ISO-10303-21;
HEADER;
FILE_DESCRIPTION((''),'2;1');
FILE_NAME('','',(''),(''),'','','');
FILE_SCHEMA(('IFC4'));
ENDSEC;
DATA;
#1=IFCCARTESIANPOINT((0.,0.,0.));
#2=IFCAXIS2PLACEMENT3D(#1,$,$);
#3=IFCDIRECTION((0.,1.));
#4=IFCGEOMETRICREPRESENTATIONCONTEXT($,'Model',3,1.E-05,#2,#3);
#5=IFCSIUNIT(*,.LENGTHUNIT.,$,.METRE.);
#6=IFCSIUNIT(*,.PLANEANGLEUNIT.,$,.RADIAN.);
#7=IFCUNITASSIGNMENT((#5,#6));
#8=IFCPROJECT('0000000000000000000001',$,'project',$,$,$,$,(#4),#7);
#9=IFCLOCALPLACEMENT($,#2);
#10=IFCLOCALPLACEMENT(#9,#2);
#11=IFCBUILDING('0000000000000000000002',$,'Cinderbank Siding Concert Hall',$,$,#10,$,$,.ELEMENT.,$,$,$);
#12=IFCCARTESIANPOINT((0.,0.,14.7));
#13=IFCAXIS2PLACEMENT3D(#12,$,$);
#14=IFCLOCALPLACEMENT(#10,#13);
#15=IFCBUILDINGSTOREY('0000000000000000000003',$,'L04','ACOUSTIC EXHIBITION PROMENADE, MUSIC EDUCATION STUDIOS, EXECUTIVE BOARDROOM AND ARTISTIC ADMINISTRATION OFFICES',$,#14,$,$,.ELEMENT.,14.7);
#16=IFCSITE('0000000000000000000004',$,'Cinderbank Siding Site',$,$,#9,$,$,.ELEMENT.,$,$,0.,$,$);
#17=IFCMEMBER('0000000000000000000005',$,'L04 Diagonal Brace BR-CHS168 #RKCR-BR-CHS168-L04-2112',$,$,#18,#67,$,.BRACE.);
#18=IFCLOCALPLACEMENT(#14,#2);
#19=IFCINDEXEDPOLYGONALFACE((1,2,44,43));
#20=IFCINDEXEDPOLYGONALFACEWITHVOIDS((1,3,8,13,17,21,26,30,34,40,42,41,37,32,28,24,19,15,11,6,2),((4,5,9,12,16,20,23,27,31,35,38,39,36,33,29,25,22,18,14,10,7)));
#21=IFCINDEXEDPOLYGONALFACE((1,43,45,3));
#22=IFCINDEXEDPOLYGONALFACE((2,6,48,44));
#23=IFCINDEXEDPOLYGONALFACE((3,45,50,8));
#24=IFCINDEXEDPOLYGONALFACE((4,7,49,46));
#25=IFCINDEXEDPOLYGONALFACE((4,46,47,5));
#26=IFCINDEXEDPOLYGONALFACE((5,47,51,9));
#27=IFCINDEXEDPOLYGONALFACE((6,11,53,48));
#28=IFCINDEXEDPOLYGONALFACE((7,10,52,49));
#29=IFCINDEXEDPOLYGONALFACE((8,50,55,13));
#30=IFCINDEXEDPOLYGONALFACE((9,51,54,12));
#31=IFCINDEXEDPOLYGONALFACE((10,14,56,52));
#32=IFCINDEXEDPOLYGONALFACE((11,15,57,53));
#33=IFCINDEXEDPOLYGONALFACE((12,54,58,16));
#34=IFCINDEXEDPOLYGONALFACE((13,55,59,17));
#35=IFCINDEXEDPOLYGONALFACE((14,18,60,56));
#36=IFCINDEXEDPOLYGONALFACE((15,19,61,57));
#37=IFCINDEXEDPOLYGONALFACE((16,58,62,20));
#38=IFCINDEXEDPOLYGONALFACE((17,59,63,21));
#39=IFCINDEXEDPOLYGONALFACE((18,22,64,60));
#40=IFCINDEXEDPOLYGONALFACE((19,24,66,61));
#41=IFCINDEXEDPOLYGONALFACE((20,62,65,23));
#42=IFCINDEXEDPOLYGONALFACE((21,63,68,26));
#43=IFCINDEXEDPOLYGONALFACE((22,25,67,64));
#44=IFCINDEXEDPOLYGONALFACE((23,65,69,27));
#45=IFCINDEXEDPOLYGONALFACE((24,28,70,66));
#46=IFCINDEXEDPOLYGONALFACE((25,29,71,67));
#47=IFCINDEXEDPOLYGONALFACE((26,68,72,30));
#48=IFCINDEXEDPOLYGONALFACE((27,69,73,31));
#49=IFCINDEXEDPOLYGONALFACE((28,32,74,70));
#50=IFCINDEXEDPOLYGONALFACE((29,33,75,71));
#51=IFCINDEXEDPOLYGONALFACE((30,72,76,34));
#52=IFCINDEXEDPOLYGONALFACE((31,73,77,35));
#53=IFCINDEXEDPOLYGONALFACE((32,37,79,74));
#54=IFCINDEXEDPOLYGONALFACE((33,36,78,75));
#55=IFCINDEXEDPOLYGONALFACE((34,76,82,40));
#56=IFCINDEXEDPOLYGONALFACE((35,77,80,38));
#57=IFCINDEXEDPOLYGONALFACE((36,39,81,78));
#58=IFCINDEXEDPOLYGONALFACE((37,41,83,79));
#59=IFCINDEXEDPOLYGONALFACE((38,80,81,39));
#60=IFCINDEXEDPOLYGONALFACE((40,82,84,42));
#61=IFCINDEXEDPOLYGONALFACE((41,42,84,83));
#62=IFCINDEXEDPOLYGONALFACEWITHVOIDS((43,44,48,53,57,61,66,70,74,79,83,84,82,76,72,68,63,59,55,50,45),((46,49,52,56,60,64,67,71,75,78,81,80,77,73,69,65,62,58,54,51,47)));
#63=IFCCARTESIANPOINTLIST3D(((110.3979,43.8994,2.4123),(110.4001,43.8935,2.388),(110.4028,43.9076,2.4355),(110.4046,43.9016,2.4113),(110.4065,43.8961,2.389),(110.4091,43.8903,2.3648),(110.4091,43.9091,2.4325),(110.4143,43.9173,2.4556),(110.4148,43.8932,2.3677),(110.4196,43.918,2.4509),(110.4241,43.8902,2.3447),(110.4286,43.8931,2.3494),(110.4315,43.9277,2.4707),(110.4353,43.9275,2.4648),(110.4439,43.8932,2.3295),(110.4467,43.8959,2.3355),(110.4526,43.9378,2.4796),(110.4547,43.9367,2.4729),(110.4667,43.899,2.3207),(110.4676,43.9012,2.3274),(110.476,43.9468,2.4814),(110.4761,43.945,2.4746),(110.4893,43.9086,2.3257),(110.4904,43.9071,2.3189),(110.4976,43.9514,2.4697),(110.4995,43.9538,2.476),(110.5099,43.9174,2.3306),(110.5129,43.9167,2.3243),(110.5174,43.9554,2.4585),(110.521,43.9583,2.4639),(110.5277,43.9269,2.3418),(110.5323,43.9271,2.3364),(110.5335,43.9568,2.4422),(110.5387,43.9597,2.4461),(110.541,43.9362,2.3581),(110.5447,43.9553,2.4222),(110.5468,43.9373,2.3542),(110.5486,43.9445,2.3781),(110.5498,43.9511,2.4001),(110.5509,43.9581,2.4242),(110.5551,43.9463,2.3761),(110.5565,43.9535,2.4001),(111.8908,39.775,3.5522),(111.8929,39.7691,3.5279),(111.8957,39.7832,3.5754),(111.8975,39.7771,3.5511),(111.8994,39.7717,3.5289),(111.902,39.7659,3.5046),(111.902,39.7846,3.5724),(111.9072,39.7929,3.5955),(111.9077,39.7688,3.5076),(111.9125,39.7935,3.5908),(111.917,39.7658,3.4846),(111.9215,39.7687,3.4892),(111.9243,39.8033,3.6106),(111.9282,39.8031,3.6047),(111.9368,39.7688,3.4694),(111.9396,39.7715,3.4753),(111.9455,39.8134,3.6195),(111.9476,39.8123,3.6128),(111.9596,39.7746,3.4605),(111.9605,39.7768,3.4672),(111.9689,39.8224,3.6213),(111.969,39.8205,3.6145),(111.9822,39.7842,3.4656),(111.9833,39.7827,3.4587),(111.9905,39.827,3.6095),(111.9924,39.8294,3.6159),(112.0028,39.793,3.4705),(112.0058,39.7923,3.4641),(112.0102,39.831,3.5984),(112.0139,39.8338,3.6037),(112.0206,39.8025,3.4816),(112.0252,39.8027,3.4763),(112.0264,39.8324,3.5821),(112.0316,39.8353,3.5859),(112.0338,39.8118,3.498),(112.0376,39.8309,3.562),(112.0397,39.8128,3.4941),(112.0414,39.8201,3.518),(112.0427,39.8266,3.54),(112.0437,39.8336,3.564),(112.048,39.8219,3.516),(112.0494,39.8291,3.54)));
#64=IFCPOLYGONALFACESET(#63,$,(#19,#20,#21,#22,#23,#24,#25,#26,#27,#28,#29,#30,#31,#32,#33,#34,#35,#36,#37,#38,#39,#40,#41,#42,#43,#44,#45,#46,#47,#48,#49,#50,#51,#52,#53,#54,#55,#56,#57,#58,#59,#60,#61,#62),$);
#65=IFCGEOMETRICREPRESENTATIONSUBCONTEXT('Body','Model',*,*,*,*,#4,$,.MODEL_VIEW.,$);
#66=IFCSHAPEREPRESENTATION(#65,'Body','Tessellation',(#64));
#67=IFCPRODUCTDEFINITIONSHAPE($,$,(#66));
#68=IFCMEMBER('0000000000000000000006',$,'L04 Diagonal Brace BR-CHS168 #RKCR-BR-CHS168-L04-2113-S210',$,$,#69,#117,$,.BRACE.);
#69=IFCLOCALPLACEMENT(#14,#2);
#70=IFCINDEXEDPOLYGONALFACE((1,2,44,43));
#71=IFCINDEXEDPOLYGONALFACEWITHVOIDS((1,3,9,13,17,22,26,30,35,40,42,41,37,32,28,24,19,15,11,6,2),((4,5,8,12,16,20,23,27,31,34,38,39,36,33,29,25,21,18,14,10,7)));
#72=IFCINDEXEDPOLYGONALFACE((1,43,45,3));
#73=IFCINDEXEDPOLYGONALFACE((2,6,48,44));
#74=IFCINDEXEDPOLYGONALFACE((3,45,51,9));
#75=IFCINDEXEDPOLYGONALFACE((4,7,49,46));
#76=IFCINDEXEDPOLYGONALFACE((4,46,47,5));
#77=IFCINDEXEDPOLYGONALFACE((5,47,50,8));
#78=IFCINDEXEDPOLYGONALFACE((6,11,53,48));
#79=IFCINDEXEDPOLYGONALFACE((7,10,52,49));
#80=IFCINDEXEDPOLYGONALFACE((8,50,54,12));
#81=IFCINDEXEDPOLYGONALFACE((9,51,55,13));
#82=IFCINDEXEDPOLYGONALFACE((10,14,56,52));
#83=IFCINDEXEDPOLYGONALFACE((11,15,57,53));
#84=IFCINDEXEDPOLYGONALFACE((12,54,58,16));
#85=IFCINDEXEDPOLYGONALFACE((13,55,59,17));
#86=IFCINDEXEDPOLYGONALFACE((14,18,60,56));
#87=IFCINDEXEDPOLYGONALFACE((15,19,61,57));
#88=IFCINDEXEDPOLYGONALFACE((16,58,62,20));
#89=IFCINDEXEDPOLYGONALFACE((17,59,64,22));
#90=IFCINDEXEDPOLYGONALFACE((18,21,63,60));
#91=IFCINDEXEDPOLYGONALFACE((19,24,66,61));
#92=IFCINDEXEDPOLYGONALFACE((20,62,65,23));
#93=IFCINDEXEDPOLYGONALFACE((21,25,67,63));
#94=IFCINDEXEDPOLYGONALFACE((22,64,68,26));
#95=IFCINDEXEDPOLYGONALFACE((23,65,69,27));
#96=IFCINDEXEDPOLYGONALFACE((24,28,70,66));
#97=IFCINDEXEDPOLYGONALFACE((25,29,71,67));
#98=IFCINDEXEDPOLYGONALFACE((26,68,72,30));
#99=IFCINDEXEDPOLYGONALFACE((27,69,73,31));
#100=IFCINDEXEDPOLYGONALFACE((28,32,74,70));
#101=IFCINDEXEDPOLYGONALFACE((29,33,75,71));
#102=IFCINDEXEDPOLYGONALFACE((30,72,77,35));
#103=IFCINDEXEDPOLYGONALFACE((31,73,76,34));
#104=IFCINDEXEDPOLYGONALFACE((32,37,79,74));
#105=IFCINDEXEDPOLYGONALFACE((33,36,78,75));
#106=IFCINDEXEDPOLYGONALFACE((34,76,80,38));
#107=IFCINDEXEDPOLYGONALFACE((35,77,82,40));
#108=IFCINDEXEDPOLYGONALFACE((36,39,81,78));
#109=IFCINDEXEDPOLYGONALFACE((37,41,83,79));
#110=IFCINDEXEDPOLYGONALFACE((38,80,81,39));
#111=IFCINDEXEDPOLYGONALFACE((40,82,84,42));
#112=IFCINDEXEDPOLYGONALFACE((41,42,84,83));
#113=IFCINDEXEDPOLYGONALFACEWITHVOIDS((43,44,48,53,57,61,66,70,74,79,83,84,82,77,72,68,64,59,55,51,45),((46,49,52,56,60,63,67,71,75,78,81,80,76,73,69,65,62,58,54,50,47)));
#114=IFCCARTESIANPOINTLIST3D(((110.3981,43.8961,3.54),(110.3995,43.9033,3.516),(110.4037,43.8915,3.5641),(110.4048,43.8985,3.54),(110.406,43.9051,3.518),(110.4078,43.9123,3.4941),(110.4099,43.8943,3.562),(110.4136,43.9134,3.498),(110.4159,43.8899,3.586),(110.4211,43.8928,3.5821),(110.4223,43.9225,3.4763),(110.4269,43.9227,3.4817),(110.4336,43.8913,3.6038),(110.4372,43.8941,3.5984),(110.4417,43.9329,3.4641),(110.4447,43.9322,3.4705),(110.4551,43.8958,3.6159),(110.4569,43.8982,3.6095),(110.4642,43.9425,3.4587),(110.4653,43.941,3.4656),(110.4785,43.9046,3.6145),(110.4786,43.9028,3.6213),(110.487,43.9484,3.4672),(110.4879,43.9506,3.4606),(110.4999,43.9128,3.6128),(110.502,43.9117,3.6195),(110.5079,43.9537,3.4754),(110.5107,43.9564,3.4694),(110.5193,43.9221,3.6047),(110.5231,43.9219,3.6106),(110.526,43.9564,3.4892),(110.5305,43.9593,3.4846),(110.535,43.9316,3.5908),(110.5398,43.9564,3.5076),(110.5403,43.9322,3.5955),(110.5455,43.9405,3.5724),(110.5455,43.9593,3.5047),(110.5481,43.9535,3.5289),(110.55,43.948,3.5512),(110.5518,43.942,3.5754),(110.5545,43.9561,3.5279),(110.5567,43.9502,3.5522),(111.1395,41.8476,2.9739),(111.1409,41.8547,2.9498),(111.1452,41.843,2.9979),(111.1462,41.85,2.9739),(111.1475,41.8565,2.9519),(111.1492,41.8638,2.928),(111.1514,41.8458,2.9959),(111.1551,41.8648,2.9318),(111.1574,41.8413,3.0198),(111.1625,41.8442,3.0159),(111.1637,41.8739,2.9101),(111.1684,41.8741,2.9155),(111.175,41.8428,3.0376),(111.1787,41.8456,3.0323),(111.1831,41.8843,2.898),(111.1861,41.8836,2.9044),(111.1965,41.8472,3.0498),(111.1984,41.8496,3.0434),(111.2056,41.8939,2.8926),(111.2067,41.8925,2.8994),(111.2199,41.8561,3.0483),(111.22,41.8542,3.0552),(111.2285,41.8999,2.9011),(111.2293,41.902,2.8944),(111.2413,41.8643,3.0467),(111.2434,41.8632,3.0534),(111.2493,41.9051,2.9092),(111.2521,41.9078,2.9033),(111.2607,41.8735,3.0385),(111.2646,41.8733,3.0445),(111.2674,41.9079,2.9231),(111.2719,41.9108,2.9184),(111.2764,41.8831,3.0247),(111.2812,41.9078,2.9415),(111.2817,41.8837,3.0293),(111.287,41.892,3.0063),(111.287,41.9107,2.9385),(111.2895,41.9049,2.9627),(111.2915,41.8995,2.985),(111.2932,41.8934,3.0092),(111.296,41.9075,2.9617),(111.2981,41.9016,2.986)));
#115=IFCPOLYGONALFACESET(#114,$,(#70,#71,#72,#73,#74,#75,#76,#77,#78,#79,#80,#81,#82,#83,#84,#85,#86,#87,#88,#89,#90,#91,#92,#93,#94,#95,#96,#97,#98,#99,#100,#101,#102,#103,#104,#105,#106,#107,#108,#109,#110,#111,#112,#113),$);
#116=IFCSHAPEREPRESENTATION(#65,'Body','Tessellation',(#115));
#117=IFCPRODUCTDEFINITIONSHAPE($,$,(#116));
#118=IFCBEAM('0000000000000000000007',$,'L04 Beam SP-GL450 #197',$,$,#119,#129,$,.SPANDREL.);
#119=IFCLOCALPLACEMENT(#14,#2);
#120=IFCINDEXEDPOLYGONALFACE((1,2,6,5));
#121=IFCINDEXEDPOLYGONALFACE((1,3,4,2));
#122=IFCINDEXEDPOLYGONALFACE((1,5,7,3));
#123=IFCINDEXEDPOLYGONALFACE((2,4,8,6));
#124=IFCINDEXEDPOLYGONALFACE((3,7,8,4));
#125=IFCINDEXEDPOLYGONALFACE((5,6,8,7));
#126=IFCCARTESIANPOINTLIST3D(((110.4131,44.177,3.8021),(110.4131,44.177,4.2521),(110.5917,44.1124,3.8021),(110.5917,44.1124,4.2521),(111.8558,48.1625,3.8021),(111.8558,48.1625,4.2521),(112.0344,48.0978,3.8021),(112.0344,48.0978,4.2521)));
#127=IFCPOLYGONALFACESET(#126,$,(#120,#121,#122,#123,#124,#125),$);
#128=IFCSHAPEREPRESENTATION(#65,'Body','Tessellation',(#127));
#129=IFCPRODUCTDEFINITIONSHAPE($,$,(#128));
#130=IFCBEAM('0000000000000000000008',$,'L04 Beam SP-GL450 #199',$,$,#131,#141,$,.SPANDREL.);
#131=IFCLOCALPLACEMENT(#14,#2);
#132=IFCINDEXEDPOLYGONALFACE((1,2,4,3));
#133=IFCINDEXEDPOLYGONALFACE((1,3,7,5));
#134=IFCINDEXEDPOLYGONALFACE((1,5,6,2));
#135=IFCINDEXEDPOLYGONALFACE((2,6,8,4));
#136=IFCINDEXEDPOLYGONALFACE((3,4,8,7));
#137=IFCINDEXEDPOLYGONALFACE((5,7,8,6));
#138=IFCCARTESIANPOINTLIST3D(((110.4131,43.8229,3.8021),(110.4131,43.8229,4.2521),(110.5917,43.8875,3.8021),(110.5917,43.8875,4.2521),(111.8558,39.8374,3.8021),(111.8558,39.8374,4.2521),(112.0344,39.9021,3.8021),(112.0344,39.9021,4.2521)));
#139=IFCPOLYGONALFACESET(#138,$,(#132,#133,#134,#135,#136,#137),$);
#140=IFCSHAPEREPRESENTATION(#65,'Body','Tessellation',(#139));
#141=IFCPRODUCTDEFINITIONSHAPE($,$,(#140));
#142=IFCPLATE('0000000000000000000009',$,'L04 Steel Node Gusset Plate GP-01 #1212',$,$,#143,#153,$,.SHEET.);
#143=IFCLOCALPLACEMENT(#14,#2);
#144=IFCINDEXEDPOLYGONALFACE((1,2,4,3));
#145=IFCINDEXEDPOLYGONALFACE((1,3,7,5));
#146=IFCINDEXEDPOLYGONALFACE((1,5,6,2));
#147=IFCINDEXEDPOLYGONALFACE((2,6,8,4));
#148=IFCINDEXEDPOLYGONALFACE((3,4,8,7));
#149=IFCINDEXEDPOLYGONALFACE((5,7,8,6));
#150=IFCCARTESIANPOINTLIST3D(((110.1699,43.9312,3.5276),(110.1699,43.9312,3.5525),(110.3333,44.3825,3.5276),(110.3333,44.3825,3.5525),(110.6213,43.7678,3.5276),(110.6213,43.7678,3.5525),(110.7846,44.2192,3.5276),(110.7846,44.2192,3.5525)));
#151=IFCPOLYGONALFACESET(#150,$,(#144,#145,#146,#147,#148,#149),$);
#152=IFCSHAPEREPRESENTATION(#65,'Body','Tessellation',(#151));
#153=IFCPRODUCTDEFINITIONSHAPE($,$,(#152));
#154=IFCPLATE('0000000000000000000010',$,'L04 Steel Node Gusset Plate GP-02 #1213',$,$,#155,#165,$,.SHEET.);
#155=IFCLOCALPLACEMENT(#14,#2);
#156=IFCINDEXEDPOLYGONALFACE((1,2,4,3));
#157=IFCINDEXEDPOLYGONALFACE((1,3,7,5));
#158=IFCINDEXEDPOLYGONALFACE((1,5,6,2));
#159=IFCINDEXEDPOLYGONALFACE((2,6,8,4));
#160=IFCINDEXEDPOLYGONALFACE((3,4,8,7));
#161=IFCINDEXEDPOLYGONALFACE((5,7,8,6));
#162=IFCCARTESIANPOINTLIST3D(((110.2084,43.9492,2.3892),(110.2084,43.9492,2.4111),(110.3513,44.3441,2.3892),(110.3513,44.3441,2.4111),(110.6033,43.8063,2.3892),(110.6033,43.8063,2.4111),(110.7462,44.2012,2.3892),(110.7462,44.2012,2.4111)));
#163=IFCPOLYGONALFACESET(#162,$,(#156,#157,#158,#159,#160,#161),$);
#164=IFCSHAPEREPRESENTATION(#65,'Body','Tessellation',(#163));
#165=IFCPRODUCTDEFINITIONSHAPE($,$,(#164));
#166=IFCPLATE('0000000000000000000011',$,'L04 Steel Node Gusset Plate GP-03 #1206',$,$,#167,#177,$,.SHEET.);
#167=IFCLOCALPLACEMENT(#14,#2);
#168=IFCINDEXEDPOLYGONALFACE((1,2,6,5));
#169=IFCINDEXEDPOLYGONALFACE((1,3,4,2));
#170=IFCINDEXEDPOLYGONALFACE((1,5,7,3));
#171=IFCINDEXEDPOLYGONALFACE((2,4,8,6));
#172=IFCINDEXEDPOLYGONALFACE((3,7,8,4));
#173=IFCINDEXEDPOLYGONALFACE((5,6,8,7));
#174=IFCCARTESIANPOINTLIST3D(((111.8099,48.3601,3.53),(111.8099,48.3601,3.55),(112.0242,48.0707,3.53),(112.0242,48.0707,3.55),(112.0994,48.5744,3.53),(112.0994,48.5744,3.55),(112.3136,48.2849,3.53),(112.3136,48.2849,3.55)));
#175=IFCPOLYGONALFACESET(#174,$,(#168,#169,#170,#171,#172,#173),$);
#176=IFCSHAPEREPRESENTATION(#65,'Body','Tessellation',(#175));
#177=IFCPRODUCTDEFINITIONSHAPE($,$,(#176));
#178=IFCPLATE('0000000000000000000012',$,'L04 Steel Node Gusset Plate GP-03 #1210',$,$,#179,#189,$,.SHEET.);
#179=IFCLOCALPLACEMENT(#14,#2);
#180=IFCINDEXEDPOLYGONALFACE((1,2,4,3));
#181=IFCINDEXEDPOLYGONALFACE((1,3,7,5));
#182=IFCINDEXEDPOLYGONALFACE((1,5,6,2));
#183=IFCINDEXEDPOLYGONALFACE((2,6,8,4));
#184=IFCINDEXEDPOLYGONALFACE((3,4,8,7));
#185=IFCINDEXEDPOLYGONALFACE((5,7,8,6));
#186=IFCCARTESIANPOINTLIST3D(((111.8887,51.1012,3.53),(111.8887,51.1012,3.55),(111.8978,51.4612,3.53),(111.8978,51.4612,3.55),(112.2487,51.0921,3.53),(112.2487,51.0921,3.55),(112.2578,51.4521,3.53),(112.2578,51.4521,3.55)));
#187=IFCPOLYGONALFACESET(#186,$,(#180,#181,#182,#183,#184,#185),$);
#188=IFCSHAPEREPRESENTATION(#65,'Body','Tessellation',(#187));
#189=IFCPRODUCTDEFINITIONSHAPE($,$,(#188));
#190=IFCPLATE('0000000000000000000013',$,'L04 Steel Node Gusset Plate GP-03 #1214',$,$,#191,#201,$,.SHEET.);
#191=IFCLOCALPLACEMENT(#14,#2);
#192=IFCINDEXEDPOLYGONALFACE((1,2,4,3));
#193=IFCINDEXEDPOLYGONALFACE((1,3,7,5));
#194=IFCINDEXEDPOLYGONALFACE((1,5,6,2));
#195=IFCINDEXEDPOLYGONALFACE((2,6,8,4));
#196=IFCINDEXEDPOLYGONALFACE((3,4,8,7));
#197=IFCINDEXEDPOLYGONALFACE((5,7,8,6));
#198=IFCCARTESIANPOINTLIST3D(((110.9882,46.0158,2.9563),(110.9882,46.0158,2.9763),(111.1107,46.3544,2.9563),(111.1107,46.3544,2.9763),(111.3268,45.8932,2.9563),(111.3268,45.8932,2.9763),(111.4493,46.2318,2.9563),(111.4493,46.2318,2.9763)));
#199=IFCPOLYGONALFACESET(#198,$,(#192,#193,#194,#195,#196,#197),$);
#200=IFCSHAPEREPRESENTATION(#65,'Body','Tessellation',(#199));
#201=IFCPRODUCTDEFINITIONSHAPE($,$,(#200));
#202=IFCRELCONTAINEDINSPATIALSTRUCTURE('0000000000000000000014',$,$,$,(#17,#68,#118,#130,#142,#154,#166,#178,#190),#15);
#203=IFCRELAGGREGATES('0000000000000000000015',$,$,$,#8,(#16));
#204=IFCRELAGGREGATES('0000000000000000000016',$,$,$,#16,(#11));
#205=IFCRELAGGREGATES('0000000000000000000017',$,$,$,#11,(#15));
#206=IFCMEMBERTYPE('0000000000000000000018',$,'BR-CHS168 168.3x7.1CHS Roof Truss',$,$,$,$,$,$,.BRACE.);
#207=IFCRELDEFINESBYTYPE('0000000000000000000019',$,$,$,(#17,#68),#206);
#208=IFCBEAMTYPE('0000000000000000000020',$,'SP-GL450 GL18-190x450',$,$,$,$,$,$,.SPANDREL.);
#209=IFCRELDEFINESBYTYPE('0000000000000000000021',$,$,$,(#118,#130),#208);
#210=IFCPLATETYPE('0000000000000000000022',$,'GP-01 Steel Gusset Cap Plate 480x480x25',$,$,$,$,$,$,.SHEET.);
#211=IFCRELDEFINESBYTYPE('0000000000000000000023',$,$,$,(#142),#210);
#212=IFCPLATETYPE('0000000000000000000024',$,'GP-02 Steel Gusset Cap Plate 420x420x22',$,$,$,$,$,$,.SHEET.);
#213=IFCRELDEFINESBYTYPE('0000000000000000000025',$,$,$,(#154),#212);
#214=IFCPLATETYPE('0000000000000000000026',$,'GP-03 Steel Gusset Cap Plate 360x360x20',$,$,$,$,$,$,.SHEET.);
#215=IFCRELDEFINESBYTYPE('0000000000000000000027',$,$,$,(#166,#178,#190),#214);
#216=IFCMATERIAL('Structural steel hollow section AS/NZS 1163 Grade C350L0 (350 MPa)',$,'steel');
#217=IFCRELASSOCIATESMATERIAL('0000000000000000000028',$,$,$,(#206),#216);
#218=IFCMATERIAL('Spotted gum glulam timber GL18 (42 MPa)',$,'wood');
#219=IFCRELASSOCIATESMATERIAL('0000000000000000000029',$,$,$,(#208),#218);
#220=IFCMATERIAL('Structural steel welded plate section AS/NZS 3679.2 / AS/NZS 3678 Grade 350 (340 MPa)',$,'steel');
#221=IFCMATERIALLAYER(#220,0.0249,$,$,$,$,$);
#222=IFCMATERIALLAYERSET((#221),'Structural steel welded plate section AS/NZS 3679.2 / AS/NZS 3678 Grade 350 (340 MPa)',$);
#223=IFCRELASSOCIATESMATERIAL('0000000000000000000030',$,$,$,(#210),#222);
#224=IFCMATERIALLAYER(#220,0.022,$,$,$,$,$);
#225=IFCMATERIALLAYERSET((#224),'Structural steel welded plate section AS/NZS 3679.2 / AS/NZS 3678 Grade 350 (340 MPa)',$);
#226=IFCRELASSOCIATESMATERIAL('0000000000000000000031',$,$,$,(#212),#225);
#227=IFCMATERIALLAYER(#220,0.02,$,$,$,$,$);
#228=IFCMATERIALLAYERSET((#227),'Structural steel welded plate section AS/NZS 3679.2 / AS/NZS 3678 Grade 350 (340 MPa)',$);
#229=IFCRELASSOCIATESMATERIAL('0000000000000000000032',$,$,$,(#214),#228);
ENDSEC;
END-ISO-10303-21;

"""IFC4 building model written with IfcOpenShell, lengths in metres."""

from ifc_helpers import new_model, si_unit, direction, frame, origin, origin_2d, place, context, subcontext, project, spatial, rectangle, hollow_circle, extrude, material, layer, layer_set, material_profile, profile_set, type_object, element, save


model = new_model("IFC4")

# Units and contexts
model_context = context("Model", 3, precision=1e-05, world=origin(), true_north=direction((0.0, 1.0)))
body_context = subcontext(model_context, "Body", "Model", "MODEL_VIEW")
ifc_project = project(units=[si_unit("LENGTHUNIT", "METRE"), si_unit("PLANEANGLEUNIT", "RADIAN")], contexts=[model_context])

# Site, building, storey
site_placement = place(None, origin())
site = spatial("IfcSite", under=ifc_project, at=site_placement, Name="Cinderbank Siding Site", CompositionType="ELEMENT", RefElevation=0.0)
building_placement = place(site_placement, origin())
building = spatial("IfcBuilding", under=site, at=building_placement, Name="Cinderbank Siding Concert Hall", CompositionType="ELEMENT")
storey_placement = place(building_placement, frame((0.0, 0.0, 14.7)))
storey = spatial("IfcBuildingStorey", under=building, at=storey_placement, Name="L04", Description="ACOUSTIC EXHIBITION PROMENADE, MUSIC EDUCATION STUDIOS, EXECUTIVE BOARDROOM AND ARTISTIC ADMINISTRATION OFFICES", CompositionType="ELEMENT", Elevation=14.7)

# Shared definitions
ifc_material_1 = material(Name="Structural steel hollow section AS/NZS 1163 Grade C350L0 (350 MPa)", Category="steel")

# Members
ifc_material_profile_1 = material_profile(ifc_material_1, hollow_circle(Radius=0.0842, WallThickness=0.0071, at=origin_2d()), Name="168.3x7.1CHS", Category="LoadBearing")
ifc_profile_set_1 = profile_set([ifc_material_profile_1], Name="Structural steel hollow section AS/NZS 1163 Grade C350L0 (350 MPa)")
member_type = type_object("IfcMemberType", Name="BR-CHS168 168.3x7.1CHS Roof Truss", PredefinedType="BRACE", material=ifc_profile_set_1)
member_1_placement = place(storey_placement, frame((110.4773, 43.9248, 2.4001), z_axis=(0.329412, -0.91007, 0.251516), x_axis=(0.940298, 0.340353, 0.0)))
element("IfcMember", 1, at=member_1_placement, inside=storey, type_object=member_type, Name="L04 Diagonal Brace BR-CHS168 #RKCR-BR-CHS168-L04-2112", PredefinedType="BRACE", context=body_context, shape_type="SweptSolid", body=[
    extrude(hollow_circle(Radius=0.0842, WallThickness=0.0071, at=origin_2d()), origin(), (0.0, 0.0, 1.0), 4.532),
])
member_2_placement = place(storey_placement, frame((111.2188, 41.8762, 2.9739), z_axis=(-0.32939, 0.910078, 0.251516), x_axis=(-0.940306, -0.34033, 0.0)))
element("IfcMember", 2, at=member_2_placement, inside=storey, type_object=member_type, Name="L04 Diagonal Brace BR-CHS168 #RKCR-BR-CHS168-L04-2113-S210", PredefinedType="BRACE", context=body_context, shape_type="SweptSolid", body=[
    extrude(hollow_circle(Radius=0.0842, WallThickness=0.0071, at=origin_2d()), origin(), (0.0, 0.0, 1.0), 2.251),
])

# Beams
ifc_material_2 = material(Name="Spotted gum glulam timber GL18 (42 MPa)", Category="wood")
ifc_material_profile_2 = material_profile(ifc_material_2, rectangle(XDim=0.1899, YDim=0.45, at=origin_2d()), Name="GL18-190x450", Category="LoadBearing")
ifc_profile_set_2 = profile_set([ifc_material_profile_2], Name="Spotted gum glulam timber GL18 (42 MPa)")
beam_type_1 = type_object("IfcBeamType", Name="SP-GL450 GL18-190x450", PredefinedType="SPANDREL", material=ifc_profile_set_2)
for number, where, z_axis, x_axis, name in (
    (3, (111.9451, 48.1301, 4.0271), (-0.340369, -0.940292, 0.0), (0.940292, -0.340369, 0.0), "L04 Beam SP-GL450 #197"),
    (4, (110.5024, 43.8552, 4.0271), (0.340369, -0.940292, 0.0), (0.940292, 0.340369, 0.0), "L04 Beam SP-GL450 #199"),
):
    element("IfcBeam", number, at=place(storey_placement, frame(where, z_axis=z_axis, x_axis=x_axis)), inside=storey, type_object=beam_type_1, Name=name, PredefinedType="SPANDREL", context=body_context, shape_type="SweptSolid", body=[
        extrude(rectangle(XDim=0.1899, YDim=0.45, at=origin_2d()), origin(), (0.0, 0.0, 1.0), 4.2385),
    ])

# Plates
ifc_material_3 = material(Name="Structural steel welded plate section AS/NZS 3679.2 / AS/NZS 3678 Grade 350 (340 MPa)", Category="steel")
ifc_layer_1 = layer(ifc_material_3, 0.0249)
ifc_layer_set_1 = layer_set([ifc_layer_1], Name="Structural steel welded plate section AS/NZS 3679.2 / AS/NZS 3678 Grade 350 (340 MPa)")
plate_type_1 = type_object("IfcPlateType", Name="GP-01 Steel Gusset Cap Plate 480x480x25", PredefinedType="SHEET", material=ifc_layer_set_1)
plate_1_placement = place(storey_placement, frame((110.4773, 44.0752, 3.5276), z_axis=(0.0, 0.0, 1.0), x_axis=(-0.34038, -0.940288, 0.0)))
element("IfcPlate", 5, at=plate_1_placement, inside=storey, type_object=plate_type_1, Name="L04 Steel Node Gusset Plate GP-01 #1212", PredefinedType="SHEET", context=body_context, shape_type="SweptSolid", body=[
    extrude(rectangle(XDim=0.48, YDim=0.48, at=origin_2d()), origin(), (0.0, 0.0, 1.0), 0.0249),
])
ifc_layer_2 = layer(ifc_material_3, 0.022)
ifc_layer_set_2 = layer_set([ifc_layer_2], Name="Structural steel welded plate section AS/NZS 3679.2 / AS/NZS 3678 Grade 350 (340 MPa)")
plate_type_2 = type_object("IfcPlateType", Name="GP-02 Steel Gusset Cap Plate 420x420x22", PredefinedType="SHEET", material=ifc_layer_set_2)
plate_2_placement = place(storey_placement, frame((110.4773, 44.0752, 2.3892), z_axis=(0.0, 0.0, 1.0), x_axis=(0.34038, 0.940288, 0.0)))
element("IfcPlate", 6, at=plate_2_placement, inside=storey, type_object=plate_type_2, Name="L04 Steel Node Gusset Plate GP-02 #1213", PredefinedType="SHEET", context=body_context, shape_type="SweptSolid", body=[
    extrude(rectangle(XDim=0.4199, YDim=0.4199, at=origin_2d()), origin(), (0.0, 0.0, 1.0), 0.022),
])
ifc_layer_3 = layer(ifc_material_3, 0.02)
ifc_layer_set_3 = layer_set([ifc_layer_3], Name="Structural steel welded plate section AS/NZS 3679.2 / AS/NZS 3678 Grade 350 (340 MPa)")
plate_type_3 = type_object("IfcPlateType", Name="GP-03 Steel Gusset Cap Plate 360x360x20", PredefinedType="SHEET", material=ifc_layer_set_3)
for number, where, z_axis, x_axis, name in (
    (7, (112.0618, 48.3225, 3.53), (0.0, 0.0, 1.0), (-0.803753, -0.594963, 0.0), "L04 Steel Node Gusset Plate GP-03 #1206"),
    (8, (112.0732, 51.2766, 3.53), (0.0, 0.0, 1.0), (0.025305, 0.99968, 0.0), "L04 Steel Node Gusset Plate GP-03 #1210"),
    (9, (111.2188, 46.1238, 2.9563), (0.0, 0.0, 1.0), (0.34038, 0.940288, 0.0), "L04 Steel Node Gusset Plate GP-03 #1214"),
):
    element("IfcPlate", number, at=place(storey_placement, frame(where, z_axis=z_axis, x_axis=x_axis)), inside=storey, type_object=plate_type_3, Name=name, PredefinedType="SHEET", context=body_context, shape_type="SweptSolid", body=[
        extrude(rectangle(XDim=0.3601, YDim=0.3601, at=origin_2d()), origin(), (0.0, 0.0, 1.0), 0.02),
    ])

save(model, "model.ifc")
